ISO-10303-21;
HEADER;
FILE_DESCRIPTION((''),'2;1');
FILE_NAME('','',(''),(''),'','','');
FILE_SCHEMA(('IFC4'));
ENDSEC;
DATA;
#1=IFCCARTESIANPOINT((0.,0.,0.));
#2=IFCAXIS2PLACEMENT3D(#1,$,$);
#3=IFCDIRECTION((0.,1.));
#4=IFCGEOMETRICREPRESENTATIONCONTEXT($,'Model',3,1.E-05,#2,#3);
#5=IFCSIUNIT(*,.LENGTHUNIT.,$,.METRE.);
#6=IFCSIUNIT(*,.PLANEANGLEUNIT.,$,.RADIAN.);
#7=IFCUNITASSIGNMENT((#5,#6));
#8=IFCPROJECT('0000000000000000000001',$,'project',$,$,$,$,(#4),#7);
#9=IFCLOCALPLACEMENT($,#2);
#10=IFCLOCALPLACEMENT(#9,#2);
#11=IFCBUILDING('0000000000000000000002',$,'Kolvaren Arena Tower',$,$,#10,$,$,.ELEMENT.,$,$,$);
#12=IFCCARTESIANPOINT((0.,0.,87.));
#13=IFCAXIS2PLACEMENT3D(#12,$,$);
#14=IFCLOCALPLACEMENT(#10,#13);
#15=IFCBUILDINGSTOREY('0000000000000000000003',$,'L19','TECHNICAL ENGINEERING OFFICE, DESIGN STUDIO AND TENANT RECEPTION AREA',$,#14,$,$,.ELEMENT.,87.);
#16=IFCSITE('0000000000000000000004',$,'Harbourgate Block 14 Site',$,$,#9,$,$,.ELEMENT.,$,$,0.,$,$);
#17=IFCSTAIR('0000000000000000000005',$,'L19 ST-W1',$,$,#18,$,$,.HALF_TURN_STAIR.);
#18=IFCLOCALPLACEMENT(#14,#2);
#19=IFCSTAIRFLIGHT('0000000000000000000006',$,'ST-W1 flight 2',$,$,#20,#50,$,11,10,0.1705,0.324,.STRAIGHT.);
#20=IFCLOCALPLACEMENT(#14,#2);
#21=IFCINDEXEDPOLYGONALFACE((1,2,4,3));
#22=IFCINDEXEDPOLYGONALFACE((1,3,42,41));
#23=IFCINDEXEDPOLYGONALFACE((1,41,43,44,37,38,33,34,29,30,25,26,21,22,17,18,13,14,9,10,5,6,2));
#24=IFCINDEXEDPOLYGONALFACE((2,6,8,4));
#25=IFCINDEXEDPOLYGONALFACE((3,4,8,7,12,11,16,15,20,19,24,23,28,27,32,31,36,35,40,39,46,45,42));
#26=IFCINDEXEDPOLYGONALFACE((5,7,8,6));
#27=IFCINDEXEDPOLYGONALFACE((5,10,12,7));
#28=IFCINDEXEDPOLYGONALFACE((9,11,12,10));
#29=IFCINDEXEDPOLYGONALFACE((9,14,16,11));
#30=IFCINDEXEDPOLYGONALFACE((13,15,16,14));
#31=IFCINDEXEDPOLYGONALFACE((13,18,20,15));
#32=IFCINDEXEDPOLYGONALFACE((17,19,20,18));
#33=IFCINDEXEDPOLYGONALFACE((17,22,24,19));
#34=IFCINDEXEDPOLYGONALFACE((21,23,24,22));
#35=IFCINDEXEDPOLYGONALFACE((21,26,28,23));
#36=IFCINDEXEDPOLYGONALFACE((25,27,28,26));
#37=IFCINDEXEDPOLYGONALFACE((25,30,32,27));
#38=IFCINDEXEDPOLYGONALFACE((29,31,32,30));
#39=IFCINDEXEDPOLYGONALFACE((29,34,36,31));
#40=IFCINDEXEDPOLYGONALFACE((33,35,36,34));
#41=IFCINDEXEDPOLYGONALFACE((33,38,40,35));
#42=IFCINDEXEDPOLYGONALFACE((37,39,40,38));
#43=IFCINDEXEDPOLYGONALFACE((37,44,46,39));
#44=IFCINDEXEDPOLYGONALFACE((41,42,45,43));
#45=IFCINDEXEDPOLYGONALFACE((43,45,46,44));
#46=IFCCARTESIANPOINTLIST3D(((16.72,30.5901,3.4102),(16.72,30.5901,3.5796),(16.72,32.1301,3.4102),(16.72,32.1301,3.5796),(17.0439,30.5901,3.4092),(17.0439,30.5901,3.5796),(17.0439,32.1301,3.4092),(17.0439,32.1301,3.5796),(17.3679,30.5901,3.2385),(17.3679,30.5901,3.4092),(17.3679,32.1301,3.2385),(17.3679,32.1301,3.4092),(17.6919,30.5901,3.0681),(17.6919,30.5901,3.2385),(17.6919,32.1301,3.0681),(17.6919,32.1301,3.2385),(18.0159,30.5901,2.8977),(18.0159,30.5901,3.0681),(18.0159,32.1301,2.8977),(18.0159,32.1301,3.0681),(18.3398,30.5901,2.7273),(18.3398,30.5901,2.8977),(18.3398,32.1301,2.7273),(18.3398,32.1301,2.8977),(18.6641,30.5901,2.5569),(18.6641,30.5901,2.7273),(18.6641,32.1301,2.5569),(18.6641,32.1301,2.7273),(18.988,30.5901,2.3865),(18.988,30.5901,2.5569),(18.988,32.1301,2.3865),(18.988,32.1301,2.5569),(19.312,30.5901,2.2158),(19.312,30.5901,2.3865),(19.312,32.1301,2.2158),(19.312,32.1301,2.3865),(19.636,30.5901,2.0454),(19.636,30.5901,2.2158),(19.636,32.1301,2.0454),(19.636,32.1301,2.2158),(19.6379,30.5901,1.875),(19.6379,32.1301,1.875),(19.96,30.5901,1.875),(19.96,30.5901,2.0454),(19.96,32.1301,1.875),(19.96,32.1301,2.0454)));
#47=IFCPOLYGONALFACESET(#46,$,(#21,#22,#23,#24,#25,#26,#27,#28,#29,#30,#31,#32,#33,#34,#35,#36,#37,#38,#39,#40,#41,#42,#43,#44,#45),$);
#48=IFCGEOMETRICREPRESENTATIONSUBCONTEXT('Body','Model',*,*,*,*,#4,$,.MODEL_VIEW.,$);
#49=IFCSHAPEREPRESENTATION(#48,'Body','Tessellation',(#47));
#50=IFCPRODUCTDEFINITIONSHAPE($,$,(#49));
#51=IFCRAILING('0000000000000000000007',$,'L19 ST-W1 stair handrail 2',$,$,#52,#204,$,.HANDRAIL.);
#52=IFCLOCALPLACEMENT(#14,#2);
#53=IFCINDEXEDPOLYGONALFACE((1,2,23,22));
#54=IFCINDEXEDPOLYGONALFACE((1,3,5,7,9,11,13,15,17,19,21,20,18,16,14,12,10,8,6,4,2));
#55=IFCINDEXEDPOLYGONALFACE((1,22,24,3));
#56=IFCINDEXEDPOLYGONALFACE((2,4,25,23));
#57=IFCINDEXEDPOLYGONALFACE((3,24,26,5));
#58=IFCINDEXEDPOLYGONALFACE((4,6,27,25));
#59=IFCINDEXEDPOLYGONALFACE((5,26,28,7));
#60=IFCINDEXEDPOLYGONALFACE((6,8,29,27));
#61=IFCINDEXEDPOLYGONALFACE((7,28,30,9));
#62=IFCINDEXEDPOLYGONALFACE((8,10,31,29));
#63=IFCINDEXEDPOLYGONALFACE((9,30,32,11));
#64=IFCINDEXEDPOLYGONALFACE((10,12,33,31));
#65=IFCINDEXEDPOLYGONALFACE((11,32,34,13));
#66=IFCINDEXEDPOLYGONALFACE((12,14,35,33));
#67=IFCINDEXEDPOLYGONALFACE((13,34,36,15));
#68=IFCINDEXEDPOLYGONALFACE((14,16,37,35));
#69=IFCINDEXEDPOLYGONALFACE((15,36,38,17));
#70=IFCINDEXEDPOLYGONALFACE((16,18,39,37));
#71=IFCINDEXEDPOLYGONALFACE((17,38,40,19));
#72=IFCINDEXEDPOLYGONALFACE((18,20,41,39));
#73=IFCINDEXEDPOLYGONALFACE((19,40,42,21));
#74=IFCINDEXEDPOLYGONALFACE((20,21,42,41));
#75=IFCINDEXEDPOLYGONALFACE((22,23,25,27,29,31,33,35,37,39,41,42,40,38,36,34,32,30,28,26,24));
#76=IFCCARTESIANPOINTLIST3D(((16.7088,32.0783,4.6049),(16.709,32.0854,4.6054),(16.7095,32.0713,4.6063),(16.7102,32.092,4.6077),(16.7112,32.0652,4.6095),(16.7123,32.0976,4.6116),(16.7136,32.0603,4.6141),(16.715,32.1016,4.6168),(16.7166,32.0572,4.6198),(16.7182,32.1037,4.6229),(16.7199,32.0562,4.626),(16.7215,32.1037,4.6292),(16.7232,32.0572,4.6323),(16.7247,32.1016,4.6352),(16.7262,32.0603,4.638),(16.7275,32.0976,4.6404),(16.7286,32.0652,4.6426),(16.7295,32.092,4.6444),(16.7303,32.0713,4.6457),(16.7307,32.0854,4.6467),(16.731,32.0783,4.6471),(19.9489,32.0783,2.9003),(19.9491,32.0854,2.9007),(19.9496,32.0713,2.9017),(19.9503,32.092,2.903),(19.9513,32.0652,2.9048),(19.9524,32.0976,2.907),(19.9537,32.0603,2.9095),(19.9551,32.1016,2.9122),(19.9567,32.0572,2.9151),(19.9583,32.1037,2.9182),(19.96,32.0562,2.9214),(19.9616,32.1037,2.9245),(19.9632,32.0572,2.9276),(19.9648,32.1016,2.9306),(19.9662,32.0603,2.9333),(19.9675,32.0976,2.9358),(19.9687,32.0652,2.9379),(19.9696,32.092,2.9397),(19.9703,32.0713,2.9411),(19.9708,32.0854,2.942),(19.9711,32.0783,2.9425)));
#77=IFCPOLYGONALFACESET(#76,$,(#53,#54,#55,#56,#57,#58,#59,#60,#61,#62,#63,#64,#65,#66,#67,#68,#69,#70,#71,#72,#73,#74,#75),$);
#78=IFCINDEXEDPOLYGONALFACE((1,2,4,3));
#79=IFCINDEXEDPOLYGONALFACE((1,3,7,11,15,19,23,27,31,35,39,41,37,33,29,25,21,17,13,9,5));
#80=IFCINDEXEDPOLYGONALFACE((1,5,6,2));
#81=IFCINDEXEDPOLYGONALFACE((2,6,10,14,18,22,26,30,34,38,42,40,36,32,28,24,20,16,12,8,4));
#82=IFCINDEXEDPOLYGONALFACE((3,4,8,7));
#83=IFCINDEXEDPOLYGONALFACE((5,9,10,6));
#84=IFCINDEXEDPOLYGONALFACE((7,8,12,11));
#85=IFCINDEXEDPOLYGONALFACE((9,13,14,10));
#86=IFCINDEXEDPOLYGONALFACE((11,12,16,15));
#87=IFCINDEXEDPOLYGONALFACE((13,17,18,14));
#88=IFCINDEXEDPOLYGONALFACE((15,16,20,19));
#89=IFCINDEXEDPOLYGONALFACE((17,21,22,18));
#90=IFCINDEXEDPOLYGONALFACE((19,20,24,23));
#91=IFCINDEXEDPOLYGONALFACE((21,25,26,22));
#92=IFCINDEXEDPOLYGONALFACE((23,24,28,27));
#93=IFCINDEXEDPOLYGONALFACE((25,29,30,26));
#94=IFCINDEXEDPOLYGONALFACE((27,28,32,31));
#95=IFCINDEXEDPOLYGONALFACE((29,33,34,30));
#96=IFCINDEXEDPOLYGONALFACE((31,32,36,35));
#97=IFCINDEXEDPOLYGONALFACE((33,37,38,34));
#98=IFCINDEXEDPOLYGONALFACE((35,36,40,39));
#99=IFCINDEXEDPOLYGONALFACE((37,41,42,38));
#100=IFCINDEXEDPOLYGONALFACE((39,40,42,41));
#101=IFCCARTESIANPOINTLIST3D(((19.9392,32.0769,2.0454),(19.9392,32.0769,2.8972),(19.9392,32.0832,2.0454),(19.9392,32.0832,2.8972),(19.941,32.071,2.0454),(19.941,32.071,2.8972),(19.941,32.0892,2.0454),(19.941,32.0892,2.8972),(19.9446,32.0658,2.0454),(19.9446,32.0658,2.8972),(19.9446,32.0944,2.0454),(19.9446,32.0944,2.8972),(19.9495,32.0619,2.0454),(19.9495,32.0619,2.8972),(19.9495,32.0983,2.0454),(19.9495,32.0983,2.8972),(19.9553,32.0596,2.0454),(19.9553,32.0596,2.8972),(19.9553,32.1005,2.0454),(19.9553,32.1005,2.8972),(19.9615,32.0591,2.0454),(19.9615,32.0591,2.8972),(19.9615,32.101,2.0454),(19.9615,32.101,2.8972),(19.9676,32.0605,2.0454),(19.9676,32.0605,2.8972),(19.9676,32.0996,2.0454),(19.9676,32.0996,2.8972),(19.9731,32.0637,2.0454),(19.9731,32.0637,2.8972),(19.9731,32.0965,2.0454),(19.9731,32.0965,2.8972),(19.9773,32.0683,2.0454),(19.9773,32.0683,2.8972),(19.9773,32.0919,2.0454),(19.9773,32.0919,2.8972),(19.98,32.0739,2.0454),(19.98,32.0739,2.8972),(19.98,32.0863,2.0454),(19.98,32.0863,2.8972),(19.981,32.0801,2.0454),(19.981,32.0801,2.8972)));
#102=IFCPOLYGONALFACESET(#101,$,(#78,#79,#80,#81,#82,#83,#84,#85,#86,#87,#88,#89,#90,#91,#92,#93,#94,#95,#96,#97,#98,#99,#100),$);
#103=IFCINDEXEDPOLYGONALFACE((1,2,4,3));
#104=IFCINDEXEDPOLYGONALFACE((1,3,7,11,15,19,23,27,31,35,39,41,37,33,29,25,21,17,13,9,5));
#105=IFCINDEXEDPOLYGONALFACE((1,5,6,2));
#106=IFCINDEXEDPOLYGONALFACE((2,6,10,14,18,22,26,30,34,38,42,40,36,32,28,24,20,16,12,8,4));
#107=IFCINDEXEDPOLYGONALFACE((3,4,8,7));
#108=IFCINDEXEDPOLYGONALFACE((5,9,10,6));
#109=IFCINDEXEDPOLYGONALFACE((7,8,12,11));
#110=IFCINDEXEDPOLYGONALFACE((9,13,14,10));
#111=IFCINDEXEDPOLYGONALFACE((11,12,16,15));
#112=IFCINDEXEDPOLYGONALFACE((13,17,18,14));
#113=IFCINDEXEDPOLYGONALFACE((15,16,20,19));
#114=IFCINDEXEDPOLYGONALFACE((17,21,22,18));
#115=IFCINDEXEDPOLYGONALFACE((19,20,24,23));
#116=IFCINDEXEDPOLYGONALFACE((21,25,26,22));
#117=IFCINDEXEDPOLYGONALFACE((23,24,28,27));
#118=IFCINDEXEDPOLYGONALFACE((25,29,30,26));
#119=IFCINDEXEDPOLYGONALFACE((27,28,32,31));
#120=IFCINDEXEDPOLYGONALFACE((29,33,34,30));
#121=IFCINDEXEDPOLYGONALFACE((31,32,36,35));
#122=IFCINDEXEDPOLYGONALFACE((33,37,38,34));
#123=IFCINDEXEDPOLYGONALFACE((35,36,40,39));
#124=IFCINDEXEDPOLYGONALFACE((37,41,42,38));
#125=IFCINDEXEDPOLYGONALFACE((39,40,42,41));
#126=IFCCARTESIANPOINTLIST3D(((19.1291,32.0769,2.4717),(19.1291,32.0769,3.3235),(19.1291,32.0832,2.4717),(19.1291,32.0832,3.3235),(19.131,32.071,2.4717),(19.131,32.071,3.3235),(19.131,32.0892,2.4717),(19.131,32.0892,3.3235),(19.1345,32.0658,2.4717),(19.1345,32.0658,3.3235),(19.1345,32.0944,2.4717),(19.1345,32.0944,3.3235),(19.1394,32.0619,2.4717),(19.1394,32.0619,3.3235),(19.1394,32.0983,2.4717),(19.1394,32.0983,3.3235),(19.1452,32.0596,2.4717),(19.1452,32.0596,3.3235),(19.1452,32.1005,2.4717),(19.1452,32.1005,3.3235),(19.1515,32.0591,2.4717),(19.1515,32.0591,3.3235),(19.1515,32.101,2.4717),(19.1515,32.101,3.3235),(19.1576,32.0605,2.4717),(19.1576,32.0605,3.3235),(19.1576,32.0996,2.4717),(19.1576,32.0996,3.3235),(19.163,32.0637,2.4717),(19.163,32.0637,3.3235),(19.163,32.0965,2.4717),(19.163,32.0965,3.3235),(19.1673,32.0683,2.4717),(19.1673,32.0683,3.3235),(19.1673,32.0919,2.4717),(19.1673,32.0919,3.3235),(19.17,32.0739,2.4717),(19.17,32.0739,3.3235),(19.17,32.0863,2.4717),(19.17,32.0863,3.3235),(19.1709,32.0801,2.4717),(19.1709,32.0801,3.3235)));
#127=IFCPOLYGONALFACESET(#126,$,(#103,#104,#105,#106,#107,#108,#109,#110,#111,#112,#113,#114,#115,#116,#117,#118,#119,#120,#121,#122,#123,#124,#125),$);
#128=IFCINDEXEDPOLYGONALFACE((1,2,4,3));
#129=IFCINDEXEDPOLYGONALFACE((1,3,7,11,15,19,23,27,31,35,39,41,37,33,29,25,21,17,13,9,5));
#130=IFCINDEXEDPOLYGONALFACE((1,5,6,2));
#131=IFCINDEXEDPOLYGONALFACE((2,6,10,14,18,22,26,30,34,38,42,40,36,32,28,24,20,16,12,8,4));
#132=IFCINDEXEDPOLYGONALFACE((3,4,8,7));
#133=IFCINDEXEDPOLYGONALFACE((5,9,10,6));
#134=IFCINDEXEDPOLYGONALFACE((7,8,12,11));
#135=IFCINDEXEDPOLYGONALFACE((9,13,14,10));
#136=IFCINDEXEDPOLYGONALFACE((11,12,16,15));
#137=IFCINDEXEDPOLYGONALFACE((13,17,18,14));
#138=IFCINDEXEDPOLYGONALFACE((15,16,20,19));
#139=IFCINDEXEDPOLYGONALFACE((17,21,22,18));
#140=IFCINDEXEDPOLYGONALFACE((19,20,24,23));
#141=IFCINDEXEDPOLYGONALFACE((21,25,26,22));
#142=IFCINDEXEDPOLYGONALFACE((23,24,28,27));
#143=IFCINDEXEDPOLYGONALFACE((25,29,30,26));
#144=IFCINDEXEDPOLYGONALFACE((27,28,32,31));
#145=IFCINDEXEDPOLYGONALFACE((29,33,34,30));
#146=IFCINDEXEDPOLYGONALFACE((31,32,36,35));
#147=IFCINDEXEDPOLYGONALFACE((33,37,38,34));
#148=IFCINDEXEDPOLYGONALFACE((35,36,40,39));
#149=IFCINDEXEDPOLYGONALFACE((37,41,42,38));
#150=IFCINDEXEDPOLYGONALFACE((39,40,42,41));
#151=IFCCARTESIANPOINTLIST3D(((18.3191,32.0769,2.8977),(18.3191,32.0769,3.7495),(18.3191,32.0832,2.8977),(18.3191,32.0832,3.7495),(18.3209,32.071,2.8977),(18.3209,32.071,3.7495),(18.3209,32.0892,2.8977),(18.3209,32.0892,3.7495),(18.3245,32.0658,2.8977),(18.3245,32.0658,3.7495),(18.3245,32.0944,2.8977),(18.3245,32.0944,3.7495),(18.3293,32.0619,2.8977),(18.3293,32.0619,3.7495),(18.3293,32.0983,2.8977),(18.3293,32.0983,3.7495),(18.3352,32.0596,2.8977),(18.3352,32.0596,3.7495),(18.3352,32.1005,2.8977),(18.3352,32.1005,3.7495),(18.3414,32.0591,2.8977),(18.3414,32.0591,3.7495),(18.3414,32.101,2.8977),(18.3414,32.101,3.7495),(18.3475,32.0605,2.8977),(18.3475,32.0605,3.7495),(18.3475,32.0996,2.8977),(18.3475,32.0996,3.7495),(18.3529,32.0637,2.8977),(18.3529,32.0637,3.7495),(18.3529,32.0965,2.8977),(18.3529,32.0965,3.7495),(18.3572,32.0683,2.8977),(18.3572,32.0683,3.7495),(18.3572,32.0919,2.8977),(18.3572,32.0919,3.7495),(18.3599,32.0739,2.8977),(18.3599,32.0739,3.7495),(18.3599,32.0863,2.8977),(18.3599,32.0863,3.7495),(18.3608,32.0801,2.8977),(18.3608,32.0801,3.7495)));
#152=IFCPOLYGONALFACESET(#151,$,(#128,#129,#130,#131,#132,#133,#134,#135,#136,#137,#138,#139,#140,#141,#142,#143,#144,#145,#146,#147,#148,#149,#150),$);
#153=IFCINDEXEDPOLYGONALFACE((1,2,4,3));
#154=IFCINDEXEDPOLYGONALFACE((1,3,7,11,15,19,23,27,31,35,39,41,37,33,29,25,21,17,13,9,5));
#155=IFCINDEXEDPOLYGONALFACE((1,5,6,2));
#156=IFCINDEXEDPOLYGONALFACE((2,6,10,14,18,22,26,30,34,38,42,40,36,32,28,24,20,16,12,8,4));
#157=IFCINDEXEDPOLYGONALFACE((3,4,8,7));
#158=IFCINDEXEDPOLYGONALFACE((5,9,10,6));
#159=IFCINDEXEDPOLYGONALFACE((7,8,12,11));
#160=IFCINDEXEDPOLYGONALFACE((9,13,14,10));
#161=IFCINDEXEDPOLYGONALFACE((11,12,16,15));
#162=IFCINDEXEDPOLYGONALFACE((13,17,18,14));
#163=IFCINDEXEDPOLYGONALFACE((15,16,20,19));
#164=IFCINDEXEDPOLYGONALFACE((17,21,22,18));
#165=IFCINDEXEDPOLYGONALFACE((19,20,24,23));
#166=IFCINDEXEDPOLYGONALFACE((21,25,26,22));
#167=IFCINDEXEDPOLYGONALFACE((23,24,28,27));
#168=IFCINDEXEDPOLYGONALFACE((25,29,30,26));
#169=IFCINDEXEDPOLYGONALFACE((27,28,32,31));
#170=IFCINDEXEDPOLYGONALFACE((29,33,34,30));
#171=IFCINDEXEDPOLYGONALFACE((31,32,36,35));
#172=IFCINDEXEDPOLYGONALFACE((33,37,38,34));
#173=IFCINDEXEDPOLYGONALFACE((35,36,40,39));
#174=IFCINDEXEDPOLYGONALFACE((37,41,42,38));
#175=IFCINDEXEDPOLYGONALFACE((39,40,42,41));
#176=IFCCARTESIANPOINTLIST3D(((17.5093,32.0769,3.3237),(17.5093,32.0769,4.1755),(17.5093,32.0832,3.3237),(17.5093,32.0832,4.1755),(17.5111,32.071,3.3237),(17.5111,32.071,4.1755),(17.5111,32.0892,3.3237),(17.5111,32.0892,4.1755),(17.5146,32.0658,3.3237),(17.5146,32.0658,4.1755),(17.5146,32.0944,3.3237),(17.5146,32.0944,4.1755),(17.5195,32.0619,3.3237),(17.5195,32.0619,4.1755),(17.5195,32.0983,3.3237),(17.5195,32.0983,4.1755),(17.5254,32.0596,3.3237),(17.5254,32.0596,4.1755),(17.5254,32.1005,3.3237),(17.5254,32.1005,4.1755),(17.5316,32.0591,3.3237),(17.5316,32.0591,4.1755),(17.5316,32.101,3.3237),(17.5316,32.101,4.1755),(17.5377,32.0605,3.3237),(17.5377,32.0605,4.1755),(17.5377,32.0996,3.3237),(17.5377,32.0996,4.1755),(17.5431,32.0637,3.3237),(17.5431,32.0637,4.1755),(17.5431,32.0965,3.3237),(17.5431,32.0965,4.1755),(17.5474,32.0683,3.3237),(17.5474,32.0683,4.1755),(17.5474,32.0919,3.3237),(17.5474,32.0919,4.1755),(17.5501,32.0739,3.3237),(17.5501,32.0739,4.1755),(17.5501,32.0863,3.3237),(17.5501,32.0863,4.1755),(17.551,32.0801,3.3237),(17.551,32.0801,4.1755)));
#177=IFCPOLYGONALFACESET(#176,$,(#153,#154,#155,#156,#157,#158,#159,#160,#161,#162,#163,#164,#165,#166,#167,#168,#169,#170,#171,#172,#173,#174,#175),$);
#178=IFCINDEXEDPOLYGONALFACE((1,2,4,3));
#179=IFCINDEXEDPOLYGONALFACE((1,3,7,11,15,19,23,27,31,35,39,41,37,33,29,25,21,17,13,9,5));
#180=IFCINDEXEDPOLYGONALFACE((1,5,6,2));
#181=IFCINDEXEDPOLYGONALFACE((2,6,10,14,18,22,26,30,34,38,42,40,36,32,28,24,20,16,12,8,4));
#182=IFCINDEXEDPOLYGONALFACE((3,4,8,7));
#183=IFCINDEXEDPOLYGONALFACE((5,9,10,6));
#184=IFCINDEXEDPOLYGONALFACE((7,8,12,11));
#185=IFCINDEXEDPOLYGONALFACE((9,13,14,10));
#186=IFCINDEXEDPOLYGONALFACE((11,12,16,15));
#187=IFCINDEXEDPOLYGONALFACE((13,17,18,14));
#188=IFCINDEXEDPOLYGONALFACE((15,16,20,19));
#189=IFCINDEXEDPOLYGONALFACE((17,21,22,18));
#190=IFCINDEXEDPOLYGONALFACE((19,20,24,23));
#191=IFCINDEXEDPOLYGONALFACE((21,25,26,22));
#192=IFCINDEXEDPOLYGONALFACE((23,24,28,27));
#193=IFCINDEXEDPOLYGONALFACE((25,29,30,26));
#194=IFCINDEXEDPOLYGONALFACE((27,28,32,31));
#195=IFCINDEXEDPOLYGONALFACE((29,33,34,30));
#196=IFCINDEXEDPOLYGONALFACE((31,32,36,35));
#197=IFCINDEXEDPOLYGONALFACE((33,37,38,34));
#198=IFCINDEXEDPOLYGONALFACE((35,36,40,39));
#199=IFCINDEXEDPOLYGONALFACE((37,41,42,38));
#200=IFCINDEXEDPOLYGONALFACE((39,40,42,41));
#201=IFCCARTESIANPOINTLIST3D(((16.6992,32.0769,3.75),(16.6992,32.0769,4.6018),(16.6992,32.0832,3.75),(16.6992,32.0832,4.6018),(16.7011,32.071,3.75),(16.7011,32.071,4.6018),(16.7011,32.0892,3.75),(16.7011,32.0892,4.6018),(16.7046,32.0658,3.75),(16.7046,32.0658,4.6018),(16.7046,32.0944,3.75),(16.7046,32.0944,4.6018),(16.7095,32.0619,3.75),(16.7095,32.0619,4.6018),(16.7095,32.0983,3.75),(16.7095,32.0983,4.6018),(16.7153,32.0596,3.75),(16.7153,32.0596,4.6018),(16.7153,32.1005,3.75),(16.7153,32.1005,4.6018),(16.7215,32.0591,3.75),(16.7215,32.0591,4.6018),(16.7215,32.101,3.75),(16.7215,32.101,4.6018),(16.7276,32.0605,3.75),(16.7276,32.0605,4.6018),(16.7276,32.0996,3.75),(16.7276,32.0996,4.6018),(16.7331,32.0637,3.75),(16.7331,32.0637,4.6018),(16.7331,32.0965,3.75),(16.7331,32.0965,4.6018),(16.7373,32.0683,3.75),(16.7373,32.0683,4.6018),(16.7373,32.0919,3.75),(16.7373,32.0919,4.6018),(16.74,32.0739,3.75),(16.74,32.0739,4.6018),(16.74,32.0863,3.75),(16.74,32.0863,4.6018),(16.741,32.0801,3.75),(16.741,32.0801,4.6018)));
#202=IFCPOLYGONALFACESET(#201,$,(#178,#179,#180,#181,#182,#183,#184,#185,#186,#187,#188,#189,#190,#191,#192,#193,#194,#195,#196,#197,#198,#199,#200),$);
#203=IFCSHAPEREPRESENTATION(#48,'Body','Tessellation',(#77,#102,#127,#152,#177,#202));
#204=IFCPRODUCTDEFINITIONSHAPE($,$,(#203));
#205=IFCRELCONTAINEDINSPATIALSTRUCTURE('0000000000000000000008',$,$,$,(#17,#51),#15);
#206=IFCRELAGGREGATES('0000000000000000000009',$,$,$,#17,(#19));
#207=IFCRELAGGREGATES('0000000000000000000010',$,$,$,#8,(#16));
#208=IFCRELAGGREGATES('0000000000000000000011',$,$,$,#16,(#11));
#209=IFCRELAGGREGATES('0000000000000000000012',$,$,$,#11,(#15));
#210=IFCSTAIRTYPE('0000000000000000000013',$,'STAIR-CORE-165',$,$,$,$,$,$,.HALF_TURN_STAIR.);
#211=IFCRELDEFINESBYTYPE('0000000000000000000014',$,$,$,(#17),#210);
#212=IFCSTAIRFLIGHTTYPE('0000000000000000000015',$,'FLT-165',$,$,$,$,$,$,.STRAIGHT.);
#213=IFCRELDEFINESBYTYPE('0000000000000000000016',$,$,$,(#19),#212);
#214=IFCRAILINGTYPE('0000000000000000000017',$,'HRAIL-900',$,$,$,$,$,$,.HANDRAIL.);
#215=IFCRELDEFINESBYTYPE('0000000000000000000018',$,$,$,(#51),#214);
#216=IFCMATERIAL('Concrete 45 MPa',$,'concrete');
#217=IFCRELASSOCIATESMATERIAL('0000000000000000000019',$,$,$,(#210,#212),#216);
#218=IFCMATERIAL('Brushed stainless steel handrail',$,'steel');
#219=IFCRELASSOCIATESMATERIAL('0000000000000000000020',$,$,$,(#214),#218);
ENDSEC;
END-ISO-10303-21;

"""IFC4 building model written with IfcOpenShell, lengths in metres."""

from ifc_helpers import new_model, si_unit, direction, frame, origin, origin_2d, place, context, subcontext, project, spatial, polyline, circle, outline, extrude, material, type_object, element, aggregate, save


model = new_model("IFC4")

# Units and contexts
model_context = context("Model", 3, precision=1e-05, world=origin(), true_north=direction((0.0, 1.0)))
body_context = subcontext(model_context, "Body", "Model", "MODEL_VIEW")
ifc_project = project(units=[si_unit("LENGTHUNIT", "METRE"), si_unit("PLANEANGLEUNIT", "RADIAN")], contexts=[model_context])

# Site, building, storey
site_placement = place(None, origin())
site = spatial("IfcSite", under=ifc_project, at=site_placement, Name="Harbourgate Block 14 Site", CompositionType="ELEMENT", RefElevation=0.0)
building_placement = place(site_placement, origin())
building = spatial("IfcBuilding", under=site, at=building_placement, Name="Kolvaren Arena Tower", CompositionType="ELEMENT")
storey_placement = place(building_placement, frame((0.0, 0.0, 87.0)))
storey = spatial("IfcBuildingStorey", under=building, at=storey_placement, Name="L19", Description="TECHNICAL ENGINEERING OFFICE, DESIGN STUDIO AND TENANT RECEPTION AREA", CompositionType="ELEMENT", Elevation=87.0)

# Stair, stair flight
ifc_material_1 = material(Name="Concrete 45 MPa", Category="concrete")
stair_type = type_object("IfcStairType", Name="STAIR-CORE-165", PredefinedType="HALF_TURN_STAIR", material=ifc_material_1)
stair_placement = place(storey_placement, origin())
stair = element("IfcStair", 1, at=stair_placement, inside=storey, type_object=stair_type, Name="L19 ST-W1", PredefinedType="HALF_TURN_STAIR")
stair_flight_type = type_object("IfcStairFlightType", Name="FLT-165", PredefinedType="STRAIGHT", material=ifc_material_1)
stair_flight_placement = place(storey_placement, frame((19.96, 31.3601, 1.875), z_axis=(0.0, 0.0, 1.0), x_axis=(-1.0, 0.0, 0.0)))
stair_flight = element("IfcStairFlight", 2, at=stair_flight_placement, type_object=stair_flight_type, Name="ST-W1 flight 2", NumberOfRisers=11, NumberOfTreads=10, PredefinedType="STRAIGHT", RiserHeight=0.1705, TreadLength=0.324, context=body_context, shape_type="SweptSolid", body=[
    extrude(outline(polyline([(0.0, 0.0), (0.0, 0.1704), (0.324, 0.1704), (0.324, 0.3408), (0.6479, 0.3408), (0.6479, 0.5115), (0.9719, 0.5115), (0.9719, 0.6819), (1.2959, 0.6819), (1.2959, 0.8523), (1.6201, 0.8523), (1.6201, 1.0227), (1.9441, 1.0227), (1.9441, 1.1931), (2.2681, 1.1931), (2.2681, 1.3635), (2.592, 1.3635), (2.592, 1.5342), (2.916, 1.5342), (2.916, 1.7046), (3.24, 1.7046), (3.24, 1.875), (3.24, 1.5352), (0.322, 0.0), (0.0, 0.0)])), frame((0.0, 0.77, 0.0), z_axis=(0.0, -1.0, 0.0), x_axis=(1.0, 0.0, 0.0)), (0.0, 0.0, 1.0), 1.54),
])
aggregate(stair, [stair_flight])

# Railing
ifc_material_2 = material(Name="Brushed stainless steel handrail", Category="steel")
railing_type = type_object("IfcRailingType", Name="HRAIL-900", PredefinedType="HANDRAIL", material=ifc_material_2)
railing_placement = place(storey_placement, frame((19.96, 32.0801, 2.0454)))
element("IfcRailing", 3, at=railing_placement, inside=storey, type_object=railing_type, Name="L19 ST-W1 stair handrail 2", PredefinedType="HANDRAIL", context=body_context, shape_type="SweptSolid", body=[
    extrude(circle(Radius=0.0239, at=origin_2d()), frame((0.0, 0.0, 0.876), z_axis=(-0.884993, 0.0, 0.465604), x_axis=(0.0, -1.0, 0.0)), (0.0, 0.0, 1.0), 3.6611),
    extrude(circle(Radius=0.021, at=origin_2d()), origin(), (0.0, 0.0, 1.0), 0.8518),
    extrude(circle(Radius=0.021, at=origin_2d()), frame((-0.8101, 0.0, 0.4263)), (0.0, 0.0, 1.0), 0.8518),
    extrude(circle(Radius=0.021, at=origin_2d()), frame((-1.6201, 0.0, 0.8523)), (0.0, 0.0, 1.0), 0.8518),
    extrude(circle(Radius=0.021, at=origin_2d()), frame((-2.4299, 0.0, 1.2783)), (0.0, 0.0, 1.0), 0.8518),
    extrude(circle(Radius=0.021, at=origin_2d()), frame((-3.24, 0.0, 1.7046)), (0.0, 0.0, 1.0), 0.8518),
])

save(model, "model.ifc")
